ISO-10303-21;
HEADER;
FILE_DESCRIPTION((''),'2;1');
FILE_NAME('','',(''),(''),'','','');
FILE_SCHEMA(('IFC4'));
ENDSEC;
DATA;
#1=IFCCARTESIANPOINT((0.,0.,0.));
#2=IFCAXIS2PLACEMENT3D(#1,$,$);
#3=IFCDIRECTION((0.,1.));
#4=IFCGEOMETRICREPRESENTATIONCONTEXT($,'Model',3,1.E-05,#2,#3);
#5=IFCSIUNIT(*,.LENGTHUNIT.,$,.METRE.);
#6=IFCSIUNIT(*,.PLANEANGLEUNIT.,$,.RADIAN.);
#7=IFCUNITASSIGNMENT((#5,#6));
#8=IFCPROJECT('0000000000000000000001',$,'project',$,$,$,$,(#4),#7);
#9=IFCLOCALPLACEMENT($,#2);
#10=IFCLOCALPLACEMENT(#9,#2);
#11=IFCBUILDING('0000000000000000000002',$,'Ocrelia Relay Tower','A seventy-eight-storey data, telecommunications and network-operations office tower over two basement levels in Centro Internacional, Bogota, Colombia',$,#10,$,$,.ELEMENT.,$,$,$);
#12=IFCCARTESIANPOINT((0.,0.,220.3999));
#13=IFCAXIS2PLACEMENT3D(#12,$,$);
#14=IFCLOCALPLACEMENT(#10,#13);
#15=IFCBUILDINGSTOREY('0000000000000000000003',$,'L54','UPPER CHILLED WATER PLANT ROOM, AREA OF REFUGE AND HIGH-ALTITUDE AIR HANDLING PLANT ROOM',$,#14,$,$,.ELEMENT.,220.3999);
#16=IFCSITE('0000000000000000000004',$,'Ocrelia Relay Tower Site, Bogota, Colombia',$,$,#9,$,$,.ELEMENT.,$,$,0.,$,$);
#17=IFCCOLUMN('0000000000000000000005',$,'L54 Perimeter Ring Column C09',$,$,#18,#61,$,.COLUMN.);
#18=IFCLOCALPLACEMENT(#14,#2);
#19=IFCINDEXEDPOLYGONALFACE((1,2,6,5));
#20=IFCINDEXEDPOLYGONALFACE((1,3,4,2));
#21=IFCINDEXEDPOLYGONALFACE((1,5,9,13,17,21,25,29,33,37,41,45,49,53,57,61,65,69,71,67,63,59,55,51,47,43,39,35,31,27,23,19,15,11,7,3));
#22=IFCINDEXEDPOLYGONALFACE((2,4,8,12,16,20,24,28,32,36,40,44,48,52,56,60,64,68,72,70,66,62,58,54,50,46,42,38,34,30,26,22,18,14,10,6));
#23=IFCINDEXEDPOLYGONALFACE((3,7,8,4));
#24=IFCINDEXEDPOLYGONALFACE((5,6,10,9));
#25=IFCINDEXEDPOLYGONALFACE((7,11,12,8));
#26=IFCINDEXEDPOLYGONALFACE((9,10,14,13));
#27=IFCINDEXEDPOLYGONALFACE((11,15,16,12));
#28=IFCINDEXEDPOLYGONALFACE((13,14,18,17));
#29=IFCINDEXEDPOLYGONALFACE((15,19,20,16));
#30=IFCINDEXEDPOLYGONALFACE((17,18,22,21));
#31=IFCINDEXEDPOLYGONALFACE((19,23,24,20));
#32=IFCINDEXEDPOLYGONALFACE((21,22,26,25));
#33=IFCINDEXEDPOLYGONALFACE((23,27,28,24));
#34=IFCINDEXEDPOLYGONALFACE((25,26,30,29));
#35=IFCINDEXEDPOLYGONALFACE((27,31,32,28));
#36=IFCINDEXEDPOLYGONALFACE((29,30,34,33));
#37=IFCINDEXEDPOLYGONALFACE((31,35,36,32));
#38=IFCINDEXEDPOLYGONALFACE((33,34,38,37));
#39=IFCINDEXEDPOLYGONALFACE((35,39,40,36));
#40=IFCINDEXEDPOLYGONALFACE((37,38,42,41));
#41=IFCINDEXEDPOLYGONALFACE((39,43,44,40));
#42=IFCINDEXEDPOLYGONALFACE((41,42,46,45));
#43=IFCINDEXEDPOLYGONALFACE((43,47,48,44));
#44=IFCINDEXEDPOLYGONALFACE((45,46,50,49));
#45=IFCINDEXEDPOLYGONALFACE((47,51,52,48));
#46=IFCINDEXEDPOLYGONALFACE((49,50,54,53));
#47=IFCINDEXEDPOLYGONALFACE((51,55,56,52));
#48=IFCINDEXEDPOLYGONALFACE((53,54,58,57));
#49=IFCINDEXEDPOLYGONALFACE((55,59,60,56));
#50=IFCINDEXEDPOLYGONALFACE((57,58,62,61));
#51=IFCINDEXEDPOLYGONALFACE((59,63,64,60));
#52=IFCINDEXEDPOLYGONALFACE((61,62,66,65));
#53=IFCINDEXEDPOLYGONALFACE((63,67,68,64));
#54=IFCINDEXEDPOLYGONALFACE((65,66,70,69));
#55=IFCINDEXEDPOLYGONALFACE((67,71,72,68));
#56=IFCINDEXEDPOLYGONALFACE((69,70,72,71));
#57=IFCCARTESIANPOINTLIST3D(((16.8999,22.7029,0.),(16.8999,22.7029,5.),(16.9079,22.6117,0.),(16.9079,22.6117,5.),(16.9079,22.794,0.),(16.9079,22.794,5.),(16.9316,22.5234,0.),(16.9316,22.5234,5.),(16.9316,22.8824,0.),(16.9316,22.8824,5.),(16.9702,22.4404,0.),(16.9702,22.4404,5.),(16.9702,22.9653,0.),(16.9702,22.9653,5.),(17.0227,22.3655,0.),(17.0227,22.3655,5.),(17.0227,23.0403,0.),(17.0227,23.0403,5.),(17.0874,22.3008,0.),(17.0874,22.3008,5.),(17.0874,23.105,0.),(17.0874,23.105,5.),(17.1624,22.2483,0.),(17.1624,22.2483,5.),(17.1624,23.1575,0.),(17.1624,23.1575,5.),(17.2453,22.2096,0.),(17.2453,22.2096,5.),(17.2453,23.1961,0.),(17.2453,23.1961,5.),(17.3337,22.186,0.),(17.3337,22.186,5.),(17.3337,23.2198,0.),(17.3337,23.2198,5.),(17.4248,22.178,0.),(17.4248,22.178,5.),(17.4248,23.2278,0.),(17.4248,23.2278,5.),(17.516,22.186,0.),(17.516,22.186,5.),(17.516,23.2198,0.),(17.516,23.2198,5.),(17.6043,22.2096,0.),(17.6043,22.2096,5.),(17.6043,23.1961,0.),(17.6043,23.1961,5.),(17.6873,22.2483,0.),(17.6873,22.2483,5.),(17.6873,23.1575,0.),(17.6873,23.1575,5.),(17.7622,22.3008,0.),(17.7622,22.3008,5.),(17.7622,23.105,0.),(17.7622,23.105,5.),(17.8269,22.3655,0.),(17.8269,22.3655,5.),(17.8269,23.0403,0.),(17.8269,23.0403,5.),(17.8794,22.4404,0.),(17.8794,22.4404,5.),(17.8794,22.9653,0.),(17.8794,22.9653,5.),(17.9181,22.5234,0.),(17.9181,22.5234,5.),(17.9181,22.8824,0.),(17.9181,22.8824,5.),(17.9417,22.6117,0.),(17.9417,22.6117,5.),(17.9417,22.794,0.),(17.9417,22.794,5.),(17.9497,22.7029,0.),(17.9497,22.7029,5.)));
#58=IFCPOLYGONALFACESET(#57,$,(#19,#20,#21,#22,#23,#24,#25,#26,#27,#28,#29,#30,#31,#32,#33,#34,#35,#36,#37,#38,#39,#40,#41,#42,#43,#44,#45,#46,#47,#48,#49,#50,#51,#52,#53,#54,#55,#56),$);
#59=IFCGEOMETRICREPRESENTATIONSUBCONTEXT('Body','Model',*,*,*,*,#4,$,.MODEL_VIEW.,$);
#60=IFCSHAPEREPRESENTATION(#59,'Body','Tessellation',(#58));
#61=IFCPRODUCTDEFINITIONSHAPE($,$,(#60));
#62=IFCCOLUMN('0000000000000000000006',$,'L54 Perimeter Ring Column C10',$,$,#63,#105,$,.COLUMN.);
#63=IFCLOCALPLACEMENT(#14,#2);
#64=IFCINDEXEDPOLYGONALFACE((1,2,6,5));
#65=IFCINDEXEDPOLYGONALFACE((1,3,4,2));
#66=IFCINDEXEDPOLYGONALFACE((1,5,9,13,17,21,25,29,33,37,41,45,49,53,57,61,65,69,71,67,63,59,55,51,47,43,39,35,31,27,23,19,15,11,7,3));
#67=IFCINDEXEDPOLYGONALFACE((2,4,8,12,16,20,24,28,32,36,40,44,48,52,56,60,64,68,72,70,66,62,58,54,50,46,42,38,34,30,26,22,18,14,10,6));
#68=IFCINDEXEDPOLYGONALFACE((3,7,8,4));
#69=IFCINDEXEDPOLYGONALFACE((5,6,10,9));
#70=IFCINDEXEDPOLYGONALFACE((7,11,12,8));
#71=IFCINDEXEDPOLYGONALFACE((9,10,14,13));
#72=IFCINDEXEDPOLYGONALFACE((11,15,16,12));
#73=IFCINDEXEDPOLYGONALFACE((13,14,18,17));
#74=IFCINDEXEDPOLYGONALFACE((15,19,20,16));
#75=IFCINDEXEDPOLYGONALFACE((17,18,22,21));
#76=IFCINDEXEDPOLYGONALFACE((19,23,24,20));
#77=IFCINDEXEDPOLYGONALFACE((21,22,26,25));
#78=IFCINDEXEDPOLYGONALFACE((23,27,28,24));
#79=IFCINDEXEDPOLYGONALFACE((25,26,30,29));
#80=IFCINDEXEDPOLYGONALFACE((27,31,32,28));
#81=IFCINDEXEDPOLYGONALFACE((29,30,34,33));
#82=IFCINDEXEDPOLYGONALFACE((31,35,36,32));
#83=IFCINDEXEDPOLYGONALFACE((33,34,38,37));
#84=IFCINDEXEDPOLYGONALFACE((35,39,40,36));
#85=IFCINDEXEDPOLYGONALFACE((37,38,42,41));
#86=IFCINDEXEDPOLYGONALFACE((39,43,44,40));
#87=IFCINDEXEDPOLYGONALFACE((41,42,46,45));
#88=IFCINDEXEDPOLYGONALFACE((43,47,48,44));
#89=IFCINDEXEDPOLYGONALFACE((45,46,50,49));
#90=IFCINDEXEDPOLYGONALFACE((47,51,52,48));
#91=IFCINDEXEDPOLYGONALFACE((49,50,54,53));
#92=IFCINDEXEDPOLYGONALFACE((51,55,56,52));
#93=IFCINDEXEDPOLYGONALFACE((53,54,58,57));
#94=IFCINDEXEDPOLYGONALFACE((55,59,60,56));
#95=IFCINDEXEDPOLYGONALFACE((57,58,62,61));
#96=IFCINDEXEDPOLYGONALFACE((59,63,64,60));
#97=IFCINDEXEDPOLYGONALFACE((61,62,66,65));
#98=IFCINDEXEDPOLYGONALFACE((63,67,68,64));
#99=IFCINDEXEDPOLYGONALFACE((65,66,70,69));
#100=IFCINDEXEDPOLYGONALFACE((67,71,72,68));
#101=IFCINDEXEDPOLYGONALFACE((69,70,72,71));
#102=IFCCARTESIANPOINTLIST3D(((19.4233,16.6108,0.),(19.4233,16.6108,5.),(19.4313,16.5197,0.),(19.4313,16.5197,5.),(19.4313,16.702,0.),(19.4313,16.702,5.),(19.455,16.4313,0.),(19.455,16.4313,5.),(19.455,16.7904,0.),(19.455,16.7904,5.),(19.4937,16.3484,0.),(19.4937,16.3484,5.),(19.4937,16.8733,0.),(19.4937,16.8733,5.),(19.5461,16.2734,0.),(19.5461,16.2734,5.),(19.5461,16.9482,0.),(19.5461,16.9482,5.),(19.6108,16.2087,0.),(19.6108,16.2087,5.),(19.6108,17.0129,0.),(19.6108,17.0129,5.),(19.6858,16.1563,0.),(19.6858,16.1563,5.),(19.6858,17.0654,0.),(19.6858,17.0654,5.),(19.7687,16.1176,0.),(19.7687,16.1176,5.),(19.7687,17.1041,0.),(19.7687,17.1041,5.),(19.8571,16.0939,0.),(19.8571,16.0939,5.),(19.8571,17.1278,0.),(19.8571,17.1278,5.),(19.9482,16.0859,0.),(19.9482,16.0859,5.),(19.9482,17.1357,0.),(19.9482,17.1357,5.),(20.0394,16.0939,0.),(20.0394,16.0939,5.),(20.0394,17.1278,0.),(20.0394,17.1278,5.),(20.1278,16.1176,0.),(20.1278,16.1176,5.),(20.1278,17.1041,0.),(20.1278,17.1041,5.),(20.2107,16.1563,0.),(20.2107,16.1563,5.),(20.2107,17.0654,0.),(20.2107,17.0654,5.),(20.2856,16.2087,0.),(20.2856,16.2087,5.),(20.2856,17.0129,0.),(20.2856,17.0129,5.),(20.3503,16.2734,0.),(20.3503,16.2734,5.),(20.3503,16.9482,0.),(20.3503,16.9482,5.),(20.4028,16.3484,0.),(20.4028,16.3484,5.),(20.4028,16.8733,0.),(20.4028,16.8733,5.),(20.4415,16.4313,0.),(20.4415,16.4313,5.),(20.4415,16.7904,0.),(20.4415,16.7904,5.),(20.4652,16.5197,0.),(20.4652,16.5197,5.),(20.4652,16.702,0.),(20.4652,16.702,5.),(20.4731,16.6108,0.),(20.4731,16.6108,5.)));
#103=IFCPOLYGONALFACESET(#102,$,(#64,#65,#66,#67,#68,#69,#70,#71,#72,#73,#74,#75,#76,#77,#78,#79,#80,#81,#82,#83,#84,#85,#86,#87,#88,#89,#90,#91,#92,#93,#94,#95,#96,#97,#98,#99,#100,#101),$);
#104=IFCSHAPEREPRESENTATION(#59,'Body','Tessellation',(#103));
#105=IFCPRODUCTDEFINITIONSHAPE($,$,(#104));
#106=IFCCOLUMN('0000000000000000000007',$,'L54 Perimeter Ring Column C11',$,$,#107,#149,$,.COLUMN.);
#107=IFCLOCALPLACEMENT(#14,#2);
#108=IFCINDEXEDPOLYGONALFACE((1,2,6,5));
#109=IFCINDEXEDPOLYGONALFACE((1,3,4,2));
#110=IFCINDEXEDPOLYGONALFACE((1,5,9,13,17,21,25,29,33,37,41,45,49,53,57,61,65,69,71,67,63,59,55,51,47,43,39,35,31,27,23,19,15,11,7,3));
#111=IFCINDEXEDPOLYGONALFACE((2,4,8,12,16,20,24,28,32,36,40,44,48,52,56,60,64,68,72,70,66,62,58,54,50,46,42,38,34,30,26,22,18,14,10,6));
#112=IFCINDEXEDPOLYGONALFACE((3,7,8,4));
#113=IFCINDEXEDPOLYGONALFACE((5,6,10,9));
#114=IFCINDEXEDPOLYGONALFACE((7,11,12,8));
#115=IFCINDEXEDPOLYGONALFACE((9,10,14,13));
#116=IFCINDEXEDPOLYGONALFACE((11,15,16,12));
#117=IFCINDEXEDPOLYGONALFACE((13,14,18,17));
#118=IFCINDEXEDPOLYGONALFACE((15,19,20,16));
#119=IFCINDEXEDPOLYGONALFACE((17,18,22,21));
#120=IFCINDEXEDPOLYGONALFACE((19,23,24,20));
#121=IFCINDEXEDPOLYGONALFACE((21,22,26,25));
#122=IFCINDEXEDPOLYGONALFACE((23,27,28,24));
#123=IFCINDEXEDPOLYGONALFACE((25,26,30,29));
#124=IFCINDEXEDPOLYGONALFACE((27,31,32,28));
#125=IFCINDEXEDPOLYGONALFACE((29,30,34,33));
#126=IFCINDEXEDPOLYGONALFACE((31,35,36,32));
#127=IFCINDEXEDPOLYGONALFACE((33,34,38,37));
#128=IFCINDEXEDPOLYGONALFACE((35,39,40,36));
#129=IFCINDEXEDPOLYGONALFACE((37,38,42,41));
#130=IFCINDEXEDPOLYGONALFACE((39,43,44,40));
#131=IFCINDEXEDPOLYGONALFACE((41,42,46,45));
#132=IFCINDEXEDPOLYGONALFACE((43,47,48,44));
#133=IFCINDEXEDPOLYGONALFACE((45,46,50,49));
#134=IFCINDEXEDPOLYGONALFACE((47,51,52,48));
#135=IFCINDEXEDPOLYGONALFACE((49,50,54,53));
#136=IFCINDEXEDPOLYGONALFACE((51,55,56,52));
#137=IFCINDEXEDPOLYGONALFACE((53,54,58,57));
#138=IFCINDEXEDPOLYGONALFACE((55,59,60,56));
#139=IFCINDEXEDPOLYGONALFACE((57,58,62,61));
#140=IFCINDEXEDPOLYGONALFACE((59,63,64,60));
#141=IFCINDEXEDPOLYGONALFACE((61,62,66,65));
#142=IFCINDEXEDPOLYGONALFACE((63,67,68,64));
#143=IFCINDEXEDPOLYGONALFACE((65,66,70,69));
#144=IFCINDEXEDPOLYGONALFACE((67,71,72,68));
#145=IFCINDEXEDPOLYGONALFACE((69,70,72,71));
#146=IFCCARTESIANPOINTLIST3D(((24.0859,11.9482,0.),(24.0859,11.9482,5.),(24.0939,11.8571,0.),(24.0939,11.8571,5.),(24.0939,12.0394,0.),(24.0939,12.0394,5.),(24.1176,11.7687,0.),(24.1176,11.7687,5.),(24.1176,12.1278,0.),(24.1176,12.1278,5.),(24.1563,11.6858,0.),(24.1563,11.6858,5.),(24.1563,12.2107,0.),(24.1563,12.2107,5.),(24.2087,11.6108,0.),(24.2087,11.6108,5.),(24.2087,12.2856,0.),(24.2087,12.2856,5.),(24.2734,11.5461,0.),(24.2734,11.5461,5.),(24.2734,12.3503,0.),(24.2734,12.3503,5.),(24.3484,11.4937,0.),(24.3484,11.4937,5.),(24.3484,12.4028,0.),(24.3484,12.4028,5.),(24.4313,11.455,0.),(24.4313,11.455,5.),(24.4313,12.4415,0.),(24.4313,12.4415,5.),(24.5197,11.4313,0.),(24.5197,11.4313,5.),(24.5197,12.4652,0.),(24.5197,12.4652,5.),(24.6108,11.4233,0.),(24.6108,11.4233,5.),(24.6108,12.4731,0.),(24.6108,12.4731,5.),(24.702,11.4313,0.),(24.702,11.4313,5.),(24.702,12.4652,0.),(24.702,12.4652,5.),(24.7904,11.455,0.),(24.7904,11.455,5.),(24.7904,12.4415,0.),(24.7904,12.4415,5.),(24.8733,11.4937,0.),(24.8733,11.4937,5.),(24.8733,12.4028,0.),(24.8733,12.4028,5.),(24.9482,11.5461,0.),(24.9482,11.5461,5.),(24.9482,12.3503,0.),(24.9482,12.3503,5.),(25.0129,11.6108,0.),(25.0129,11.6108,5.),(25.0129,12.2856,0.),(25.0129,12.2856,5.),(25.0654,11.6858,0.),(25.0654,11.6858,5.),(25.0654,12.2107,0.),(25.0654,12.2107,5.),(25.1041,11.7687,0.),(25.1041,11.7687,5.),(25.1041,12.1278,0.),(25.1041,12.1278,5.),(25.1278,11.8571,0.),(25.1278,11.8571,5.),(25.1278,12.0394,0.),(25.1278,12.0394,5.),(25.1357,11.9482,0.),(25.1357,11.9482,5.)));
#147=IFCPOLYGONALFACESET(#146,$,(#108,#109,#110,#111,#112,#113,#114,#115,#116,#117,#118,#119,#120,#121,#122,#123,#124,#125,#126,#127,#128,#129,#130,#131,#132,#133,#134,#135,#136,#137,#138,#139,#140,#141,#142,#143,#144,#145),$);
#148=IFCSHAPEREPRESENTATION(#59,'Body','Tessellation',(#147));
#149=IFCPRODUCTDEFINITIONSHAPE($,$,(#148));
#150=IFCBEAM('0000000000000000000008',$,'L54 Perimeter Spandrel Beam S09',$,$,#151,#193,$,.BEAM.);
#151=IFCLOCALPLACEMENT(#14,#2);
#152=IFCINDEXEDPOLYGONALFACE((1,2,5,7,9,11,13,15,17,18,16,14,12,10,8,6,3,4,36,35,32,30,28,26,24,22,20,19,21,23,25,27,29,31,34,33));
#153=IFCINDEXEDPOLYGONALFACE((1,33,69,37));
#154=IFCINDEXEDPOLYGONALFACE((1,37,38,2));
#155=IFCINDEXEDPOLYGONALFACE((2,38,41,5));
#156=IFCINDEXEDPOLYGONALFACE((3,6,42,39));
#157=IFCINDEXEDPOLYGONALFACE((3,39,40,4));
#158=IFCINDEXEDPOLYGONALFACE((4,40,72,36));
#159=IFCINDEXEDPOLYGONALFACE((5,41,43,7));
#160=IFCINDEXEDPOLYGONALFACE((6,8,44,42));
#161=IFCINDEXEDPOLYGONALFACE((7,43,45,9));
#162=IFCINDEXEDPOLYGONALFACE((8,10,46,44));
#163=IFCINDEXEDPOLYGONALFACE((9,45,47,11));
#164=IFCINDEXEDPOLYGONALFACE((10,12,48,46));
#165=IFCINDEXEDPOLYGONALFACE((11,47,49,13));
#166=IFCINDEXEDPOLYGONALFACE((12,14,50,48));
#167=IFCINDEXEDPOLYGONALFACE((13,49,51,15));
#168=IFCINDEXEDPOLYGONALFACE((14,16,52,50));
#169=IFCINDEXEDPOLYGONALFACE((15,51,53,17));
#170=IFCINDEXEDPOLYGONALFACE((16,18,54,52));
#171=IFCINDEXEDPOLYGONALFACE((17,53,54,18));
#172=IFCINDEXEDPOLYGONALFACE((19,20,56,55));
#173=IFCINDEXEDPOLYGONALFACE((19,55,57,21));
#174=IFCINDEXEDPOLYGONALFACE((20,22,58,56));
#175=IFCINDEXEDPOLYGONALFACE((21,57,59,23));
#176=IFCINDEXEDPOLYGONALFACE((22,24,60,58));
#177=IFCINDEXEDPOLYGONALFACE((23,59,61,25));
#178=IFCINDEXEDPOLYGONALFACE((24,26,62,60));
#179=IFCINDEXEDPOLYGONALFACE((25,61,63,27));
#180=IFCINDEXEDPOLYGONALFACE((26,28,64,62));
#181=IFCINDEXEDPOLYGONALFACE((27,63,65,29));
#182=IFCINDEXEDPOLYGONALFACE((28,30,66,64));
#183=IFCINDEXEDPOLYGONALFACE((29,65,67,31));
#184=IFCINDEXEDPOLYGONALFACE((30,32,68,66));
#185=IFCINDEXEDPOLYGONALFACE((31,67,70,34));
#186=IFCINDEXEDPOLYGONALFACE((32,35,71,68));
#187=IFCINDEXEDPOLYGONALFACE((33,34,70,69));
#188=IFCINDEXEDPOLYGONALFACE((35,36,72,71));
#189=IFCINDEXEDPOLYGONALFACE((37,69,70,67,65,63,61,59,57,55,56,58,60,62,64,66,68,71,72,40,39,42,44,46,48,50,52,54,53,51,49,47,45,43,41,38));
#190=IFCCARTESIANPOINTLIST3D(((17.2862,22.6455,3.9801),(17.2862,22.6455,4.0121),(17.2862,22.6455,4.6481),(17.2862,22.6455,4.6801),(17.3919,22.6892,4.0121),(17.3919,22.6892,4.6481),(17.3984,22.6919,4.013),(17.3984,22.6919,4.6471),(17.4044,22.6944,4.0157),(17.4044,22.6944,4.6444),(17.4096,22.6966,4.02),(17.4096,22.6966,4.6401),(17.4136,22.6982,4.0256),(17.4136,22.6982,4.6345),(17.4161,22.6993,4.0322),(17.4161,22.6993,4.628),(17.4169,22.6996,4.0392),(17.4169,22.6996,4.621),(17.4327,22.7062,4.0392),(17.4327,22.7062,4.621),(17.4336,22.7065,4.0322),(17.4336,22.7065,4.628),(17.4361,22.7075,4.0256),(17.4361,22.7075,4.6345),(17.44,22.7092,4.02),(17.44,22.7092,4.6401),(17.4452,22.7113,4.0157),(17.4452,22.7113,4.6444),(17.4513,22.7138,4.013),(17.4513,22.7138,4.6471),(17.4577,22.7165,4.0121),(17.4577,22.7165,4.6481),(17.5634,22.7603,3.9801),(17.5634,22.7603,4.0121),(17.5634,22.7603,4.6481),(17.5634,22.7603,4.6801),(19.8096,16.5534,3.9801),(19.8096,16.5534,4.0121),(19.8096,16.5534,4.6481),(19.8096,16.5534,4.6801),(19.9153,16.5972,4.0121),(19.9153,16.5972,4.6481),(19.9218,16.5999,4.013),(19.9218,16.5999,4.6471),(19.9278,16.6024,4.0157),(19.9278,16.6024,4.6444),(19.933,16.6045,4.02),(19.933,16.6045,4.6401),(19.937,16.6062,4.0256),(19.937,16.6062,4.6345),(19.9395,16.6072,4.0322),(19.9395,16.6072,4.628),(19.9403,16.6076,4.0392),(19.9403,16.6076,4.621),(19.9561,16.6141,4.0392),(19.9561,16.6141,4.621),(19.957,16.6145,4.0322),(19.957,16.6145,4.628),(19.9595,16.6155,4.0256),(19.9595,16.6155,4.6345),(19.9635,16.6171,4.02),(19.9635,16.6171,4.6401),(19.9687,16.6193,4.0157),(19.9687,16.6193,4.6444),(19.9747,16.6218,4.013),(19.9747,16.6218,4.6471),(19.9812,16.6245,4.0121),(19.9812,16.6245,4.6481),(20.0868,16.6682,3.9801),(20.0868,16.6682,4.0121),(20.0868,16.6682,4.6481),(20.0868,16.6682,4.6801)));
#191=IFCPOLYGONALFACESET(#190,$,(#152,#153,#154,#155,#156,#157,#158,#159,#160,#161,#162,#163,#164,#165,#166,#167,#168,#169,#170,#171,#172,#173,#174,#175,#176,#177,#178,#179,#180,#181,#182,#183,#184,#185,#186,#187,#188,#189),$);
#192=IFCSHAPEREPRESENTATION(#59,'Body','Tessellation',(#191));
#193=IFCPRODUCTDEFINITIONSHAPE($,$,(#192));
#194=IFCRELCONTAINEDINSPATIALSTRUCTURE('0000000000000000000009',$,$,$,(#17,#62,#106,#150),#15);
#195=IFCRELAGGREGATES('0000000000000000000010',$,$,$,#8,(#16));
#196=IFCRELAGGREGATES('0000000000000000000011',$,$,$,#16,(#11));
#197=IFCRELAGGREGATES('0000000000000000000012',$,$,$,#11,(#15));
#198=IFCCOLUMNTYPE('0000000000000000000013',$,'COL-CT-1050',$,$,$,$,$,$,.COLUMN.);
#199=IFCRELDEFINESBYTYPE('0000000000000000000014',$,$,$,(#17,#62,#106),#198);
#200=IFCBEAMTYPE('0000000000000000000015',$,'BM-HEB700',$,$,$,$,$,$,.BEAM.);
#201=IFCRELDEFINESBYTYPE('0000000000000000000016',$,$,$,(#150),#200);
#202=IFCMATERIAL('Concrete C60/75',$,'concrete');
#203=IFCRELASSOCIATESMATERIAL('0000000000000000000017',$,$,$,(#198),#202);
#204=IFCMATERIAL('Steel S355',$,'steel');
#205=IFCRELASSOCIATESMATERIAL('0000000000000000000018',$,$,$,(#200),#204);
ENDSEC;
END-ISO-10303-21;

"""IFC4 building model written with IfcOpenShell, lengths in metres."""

from ifc_helpers import new_model, si_unit, direction, frame, origin, origin_2d, place, context, subcontext, project, spatial, circle, i_section, extrude, material, material_profile, profile_set, type_object, element, save


model = new_model("IFC4")

# Units and contexts
model_context = context("Model", 3, precision=1e-05, world=origin(), true_north=direction((0.0, 1.0)))
body_context = subcontext(model_context, "Body", "Model", "MODEL_VIEW")
ifc_project = project(units=[si_unit("LENGTHUNIT", "METRE"), si_unit("PLANEANGLEUNIT", "RADIAN")], contexts=[model_context])

# Site, building, storey
site_placement = place(None, origin())
site = spatial("IfcSite", under=ifc_project, at=site_placement, Name="Ocrelia Relay Tower Site, Bogota, Colombia", CompositionType="ELEMENT", RefElevation=0.0)
building_placement = place(site_placement, origin())
building = spatial("IfcBuilding", under=site, at=building_placement, Name="Ocrelia Relay Tower", Description="A seventy-eight-storey data, telecommunications and network-operations office tower over two basement levels in Centro Internacional, Bogota, Colombia", CompositionType="ELEMENT")
storey_placement = place(building_placement, frame((0.0, 0.0, 220.3999)))
storey = spatial("IfcBuildingStorey", under=building, at=storey_placement, Name="L54", Description="UPPER CHILLED WATER PLANT ROOM, AREA OF REFUGE AND HIGH-ALTITUDE AIR HANDLING PLANT ROOM", CompositionType="ELEMENT", Elevation=220.3999)

# Columns
ifc_material_1 = material(Name="Concrete C60/75", Category="concrete")
ifc_material_profile_1 = material_profile(ifc_material_1, circle(Radius=0.5249, at=origin_2d()), Name="RC-CIR-1050")
ifc_profile_set_1 = profile_set([ifc_material_profile_1], Name="Concrete C60/75")
column_type = type_object("IfcColumnType", Name="COL-CT-1050", PredefinedType="COLUMN", material=ifc_profile_set_1)
for number, where, z_axis, x_axis, name in (
    (1, (17.4248, 22.7029, 0.0), (0.0, 0.0, 1.0), (1.0, 0.0, 0.0), "L54 Perimeter Ring Column C09"),
    (2, (19.9482, 16.6108, 0.0), (0.0, 0.0, 1.0), (1.0, 0.0, 0.0), "L54 Perimeter Ring Column C10"),
    (3, (24.6108, 11.9482, 0.0), (0.0, 0.0, 1.0), (1.0, 0.0, 0.0), "L54 Perimeter Ring Column C11"),
):
    element("IfcColumn", number, at=place(storey_placement, frame(where, z_axis=z_axis, x_axis=x_axis)), inside=storey, type_object=column_type, Name=name, PredefinedType="COLUMN", context=body_context, shape_type="SweptSolid", body=[
        extrude(circle(Radius=0.5249, at=origin_2d()), origin(), (0.0, 0.0, 1.0), 5.0),
    ])

# Beam
ifc_material_2 = material(Name="Steel S355", Category="steel")
ifc_material_profile_2 = material_profile(ifc_material_2, i_section(OverallWidth=0.3, OverallDepth=0.7, WebThickness=0.0171, FlangeThickness=0.032, FilletRadius=0.0271, at=origin_2d()), Name="HEB 700")
ifc_profile_set_2 = profile_set([ifc_material_profile_2], Name="Steel S355")
beam_type_1 = type_object("IfcBeamType", Name="BM-HEB700", PredefinedType="BEAM", material=ifc_profile_set_2)
for number, where, z_axis, x_axis, name in (
    (4, (17.4248, 22.7029, 4.3301), (0.382688, -0.923878, 0.0), (0.923878, 0.382688, 0.0), "L54 Perimeter Spandrel Beam S09"),
):
    element("IfcBeam", number, at=place(storey_placement, frame(where, z_axis=z_axis, x_axis=x_axis)), inside=storey, type_object=beam_type_1, Name=name, PredefinedType="BEAM", context=body_context, shape_type="SweptSolid", body=[
        extrude(i_section(OverallWidth=0.3, OverallDepth=0.7, WebThickness=0.0171, FlangeThickness=0.032, FilletRadius=0.0271, at=origin_2d()), origin(), (0.0, 0.0, 1.0), 6.594),
    ])

save(model, "model.ifc")
